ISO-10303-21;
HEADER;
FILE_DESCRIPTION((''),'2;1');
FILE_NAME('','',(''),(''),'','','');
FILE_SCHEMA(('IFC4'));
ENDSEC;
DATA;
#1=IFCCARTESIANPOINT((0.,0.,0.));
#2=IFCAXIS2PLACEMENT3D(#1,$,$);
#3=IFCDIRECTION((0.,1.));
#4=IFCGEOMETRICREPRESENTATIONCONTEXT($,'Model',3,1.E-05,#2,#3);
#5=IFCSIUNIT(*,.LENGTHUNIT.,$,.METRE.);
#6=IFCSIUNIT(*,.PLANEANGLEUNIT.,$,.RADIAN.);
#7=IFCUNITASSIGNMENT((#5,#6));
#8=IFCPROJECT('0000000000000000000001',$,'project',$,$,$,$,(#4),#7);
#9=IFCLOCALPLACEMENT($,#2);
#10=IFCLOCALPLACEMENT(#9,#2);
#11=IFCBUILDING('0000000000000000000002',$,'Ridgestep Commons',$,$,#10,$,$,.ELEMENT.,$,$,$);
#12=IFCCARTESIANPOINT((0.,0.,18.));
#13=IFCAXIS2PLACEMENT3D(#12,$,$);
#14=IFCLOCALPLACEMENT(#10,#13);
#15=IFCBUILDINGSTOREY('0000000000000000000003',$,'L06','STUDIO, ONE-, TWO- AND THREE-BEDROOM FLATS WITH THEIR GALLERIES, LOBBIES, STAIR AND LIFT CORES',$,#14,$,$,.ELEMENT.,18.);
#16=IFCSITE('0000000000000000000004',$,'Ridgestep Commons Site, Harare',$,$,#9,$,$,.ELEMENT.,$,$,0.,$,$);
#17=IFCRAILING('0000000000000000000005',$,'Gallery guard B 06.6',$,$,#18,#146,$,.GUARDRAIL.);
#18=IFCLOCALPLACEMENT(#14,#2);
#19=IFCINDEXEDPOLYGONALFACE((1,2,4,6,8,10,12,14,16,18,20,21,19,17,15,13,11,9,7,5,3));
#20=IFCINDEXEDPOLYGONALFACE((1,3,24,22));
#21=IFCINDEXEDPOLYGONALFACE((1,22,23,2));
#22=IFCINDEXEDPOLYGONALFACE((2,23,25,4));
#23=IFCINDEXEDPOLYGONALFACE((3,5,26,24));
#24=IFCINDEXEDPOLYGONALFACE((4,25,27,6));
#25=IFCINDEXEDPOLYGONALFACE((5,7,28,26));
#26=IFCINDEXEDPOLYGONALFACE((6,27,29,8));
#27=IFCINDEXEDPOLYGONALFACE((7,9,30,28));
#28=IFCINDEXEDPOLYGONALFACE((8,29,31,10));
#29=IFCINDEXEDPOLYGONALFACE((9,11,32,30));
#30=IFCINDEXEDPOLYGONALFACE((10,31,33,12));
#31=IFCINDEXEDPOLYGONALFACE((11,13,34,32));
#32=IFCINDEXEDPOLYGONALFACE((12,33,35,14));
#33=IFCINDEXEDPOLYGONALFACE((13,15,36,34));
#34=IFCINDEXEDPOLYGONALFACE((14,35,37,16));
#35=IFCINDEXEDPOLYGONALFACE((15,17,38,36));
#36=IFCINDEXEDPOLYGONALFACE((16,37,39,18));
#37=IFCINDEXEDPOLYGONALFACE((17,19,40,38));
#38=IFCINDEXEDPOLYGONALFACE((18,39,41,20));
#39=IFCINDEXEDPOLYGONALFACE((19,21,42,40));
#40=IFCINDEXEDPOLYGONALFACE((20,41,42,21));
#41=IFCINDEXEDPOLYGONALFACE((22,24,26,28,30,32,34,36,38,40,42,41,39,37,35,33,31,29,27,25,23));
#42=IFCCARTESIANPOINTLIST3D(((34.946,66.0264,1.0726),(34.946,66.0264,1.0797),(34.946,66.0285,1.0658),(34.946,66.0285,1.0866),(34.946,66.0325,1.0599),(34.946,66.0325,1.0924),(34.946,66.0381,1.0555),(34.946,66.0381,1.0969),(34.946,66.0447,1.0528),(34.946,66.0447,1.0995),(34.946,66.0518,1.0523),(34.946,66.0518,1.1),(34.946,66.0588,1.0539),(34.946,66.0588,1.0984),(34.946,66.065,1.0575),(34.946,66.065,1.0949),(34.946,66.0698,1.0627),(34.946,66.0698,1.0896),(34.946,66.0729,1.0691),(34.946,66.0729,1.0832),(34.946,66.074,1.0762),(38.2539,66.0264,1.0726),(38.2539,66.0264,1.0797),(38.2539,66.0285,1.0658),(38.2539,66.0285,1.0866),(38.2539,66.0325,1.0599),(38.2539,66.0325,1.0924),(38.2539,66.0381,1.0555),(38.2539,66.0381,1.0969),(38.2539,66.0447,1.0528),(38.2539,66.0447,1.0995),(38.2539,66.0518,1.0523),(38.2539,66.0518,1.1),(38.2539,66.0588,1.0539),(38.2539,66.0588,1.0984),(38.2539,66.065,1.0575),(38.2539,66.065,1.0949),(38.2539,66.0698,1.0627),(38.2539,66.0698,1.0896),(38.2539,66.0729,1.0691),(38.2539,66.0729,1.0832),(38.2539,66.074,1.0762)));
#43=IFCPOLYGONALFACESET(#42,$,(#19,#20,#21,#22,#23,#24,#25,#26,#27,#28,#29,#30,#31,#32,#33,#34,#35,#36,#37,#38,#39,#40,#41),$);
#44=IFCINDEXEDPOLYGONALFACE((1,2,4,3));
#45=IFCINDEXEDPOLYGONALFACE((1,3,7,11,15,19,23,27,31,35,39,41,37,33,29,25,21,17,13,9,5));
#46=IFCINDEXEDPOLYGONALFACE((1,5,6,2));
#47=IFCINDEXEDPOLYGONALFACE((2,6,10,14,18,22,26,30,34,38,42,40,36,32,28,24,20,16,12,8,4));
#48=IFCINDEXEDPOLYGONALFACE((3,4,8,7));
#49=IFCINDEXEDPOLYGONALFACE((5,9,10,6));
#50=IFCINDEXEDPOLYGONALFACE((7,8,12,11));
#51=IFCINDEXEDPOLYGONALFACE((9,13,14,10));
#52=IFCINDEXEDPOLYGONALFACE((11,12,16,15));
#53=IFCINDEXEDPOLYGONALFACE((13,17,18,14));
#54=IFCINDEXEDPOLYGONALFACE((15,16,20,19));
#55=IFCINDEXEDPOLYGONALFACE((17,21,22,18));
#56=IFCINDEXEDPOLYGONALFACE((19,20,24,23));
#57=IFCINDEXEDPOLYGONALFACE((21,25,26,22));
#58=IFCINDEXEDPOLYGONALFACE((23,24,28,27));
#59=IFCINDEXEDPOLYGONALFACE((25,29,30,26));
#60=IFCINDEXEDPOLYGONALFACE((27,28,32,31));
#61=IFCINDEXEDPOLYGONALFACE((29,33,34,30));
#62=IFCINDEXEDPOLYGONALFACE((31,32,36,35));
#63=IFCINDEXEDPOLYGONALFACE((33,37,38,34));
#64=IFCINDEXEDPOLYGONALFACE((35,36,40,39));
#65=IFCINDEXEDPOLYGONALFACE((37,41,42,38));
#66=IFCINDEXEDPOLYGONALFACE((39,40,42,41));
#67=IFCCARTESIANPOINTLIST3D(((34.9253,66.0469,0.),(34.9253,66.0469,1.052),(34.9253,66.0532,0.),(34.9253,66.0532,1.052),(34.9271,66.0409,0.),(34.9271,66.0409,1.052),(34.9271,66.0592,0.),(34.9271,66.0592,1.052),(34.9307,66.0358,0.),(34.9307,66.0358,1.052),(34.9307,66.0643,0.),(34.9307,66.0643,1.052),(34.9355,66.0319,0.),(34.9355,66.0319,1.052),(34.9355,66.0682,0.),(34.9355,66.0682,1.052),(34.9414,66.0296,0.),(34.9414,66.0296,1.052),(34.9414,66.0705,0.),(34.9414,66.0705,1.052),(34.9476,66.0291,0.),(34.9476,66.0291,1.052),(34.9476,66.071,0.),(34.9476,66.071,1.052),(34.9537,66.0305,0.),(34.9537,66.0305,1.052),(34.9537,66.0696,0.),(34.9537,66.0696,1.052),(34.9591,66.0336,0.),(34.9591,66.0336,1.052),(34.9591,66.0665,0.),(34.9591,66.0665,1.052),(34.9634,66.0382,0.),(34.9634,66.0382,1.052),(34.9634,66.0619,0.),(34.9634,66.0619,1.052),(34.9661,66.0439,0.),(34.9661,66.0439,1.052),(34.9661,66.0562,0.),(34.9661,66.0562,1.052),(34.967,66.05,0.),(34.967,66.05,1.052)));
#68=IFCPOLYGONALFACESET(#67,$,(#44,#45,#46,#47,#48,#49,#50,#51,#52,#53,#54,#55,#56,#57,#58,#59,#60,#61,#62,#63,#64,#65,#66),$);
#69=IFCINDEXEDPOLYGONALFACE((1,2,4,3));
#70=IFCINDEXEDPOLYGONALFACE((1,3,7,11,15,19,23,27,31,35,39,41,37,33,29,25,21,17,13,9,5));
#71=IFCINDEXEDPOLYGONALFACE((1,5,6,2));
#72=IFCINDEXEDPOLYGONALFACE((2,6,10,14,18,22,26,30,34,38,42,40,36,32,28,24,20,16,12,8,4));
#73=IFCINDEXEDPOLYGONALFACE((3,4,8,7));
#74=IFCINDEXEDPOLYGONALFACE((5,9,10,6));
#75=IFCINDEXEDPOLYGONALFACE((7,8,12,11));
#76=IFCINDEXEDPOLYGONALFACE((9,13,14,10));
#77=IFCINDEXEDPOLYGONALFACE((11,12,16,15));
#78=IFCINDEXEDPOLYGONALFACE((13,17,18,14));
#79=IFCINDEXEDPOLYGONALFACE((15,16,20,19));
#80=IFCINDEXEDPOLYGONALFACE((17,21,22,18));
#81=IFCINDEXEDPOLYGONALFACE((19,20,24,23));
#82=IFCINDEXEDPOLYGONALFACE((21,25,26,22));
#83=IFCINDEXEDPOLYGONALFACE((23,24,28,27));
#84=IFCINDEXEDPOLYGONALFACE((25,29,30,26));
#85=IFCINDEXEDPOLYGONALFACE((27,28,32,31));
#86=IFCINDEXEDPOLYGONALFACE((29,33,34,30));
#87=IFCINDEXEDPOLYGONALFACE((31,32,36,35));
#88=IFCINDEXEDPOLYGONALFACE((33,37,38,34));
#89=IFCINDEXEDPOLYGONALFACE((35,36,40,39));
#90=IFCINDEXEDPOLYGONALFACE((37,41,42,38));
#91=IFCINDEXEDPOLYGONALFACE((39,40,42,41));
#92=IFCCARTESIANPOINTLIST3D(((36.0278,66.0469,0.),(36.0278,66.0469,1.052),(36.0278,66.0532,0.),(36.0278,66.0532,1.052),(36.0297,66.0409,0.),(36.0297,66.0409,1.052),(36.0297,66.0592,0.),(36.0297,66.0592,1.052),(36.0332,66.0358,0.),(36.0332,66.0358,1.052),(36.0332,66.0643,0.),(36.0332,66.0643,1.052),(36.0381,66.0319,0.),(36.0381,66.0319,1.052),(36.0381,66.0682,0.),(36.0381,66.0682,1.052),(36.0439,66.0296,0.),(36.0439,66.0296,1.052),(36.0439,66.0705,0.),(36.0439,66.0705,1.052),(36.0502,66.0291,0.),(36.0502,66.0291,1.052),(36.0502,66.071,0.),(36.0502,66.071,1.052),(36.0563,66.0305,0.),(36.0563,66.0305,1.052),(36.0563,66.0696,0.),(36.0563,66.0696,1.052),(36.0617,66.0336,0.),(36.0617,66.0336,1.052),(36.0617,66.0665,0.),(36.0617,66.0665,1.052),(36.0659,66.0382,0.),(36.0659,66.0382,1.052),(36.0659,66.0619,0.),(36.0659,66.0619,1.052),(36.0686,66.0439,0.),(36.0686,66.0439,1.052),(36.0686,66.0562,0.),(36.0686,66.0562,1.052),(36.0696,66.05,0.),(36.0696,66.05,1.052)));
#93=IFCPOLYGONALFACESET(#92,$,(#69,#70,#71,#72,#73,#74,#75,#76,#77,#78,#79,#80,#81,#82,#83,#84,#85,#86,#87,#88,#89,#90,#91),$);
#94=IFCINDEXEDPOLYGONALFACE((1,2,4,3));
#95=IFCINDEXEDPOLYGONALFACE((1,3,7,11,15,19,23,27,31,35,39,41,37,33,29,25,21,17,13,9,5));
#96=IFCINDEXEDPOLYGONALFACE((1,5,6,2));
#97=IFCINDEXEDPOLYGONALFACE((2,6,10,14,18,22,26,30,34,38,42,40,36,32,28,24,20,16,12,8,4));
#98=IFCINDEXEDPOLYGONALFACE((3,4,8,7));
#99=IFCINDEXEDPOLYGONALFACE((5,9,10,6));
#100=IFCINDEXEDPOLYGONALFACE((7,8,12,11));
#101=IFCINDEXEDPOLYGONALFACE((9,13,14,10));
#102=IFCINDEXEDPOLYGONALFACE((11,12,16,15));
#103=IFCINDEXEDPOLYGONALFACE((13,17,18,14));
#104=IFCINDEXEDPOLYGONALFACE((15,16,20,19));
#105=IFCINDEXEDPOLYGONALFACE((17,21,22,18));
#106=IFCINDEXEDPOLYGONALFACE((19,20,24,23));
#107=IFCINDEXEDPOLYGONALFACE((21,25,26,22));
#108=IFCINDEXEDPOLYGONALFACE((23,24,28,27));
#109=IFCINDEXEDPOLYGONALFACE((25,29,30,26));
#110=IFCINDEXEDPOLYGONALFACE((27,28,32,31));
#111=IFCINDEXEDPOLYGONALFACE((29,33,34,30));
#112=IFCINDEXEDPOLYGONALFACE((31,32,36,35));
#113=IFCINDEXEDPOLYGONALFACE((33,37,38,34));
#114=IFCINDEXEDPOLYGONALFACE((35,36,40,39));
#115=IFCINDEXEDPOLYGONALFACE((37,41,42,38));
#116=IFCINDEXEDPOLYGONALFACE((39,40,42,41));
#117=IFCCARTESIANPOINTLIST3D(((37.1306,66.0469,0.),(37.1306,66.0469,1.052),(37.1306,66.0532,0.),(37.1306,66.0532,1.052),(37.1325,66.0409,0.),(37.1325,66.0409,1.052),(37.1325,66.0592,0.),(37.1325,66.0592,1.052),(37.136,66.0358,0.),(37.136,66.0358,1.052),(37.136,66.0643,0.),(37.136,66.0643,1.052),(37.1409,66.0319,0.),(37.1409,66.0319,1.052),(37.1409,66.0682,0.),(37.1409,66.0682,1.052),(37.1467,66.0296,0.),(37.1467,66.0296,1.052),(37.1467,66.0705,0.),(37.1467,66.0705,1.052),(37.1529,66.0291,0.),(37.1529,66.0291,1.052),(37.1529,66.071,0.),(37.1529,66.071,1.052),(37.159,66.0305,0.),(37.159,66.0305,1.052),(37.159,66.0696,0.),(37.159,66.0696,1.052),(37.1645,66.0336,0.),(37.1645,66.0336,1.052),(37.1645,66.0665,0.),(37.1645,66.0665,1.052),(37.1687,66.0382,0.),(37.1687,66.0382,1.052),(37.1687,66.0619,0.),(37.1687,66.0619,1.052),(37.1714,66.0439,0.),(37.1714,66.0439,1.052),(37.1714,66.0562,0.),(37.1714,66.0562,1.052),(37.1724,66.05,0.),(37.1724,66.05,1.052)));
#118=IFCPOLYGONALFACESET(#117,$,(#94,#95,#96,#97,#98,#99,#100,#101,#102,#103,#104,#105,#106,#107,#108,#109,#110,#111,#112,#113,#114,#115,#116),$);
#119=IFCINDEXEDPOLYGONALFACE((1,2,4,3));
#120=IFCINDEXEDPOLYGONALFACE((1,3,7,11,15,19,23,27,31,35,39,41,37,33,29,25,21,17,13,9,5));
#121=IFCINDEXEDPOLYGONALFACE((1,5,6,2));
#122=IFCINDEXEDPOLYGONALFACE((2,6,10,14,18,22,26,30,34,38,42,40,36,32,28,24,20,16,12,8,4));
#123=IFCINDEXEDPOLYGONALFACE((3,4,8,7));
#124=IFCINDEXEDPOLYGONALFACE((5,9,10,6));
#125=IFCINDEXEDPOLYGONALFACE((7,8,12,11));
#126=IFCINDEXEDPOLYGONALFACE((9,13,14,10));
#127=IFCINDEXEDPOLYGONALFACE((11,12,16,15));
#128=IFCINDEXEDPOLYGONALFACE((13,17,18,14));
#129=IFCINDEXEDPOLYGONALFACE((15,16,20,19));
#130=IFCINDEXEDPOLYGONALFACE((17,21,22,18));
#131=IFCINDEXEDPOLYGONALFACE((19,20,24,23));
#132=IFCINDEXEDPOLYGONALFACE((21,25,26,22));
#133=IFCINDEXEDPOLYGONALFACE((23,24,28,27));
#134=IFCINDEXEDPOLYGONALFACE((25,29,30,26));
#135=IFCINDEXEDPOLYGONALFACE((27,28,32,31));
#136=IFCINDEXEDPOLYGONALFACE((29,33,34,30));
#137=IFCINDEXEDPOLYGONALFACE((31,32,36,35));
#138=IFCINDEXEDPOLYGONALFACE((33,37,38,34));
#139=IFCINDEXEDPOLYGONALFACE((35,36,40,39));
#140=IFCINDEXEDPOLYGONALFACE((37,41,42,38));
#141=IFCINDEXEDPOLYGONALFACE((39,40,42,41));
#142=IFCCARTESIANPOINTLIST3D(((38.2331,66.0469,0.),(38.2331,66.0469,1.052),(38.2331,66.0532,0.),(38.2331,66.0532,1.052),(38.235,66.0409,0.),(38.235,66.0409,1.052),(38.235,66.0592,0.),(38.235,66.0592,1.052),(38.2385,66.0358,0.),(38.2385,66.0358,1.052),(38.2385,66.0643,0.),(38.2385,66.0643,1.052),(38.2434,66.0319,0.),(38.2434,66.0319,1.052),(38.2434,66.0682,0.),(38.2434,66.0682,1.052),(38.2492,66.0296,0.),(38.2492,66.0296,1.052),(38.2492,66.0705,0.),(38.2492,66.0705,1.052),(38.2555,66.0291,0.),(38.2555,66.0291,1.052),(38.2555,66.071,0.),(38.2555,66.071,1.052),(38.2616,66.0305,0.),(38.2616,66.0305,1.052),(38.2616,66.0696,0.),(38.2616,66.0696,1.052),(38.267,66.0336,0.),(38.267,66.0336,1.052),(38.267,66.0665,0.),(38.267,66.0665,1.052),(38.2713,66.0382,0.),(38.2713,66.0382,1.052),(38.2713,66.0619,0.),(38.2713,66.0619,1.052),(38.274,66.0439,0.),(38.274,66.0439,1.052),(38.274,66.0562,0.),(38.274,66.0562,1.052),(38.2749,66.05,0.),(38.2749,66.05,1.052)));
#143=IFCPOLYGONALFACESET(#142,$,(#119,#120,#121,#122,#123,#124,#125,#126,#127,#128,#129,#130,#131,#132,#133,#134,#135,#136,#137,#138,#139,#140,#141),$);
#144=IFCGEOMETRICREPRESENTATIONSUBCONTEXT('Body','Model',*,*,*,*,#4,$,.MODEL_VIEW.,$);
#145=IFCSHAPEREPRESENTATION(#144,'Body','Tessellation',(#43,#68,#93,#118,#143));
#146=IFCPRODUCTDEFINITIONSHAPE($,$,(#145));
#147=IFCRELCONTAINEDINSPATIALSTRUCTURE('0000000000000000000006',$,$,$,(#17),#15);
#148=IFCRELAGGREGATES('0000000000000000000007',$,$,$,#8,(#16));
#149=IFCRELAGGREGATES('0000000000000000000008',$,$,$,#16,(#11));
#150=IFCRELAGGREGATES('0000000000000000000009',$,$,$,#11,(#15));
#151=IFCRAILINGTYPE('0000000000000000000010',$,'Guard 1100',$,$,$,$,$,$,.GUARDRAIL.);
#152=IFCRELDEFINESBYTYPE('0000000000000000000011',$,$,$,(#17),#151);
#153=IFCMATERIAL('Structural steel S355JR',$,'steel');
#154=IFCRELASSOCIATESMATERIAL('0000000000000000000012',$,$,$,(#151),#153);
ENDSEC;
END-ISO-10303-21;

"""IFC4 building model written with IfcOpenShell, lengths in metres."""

from ifc_helpers import new_model, si_unit, direction, frame, origin, origin_2d, place, context, subcontext, project, spatial, circle, extrude, material, type_object, element, save


model = new_model("IFC4")

# Units and contexts
model_context = context("Model", 3, precision=1e-05, world=origin(), true_north=direction((0.0, 1.0)))
body_context = subcontext(model_context, "Body", "Model", "MODEL_VIEW")
ifc_project = project(units=[si_unit("LENGTHUNIT", "METRE"), si_unit("PLANEANGLEUNIT", "RADIAN")], contexts=[model_context])

# Site, building, storey
site_placement = place(None, origin())
site = spatial("IfcSite", under=ifc_project, at=site_placement, Name="Ridgestep Commons Site, Harare", CompositionType="ELEMENT", RefElevation=0.0)
building_placement = place(site_placement, origin())
building = spatial("IfcBuilding", under=site, at=building_placement, Name="Ridgestep Commons", CompositionType="ELEMENT")
storey_placement = place(building_placement, frame((0.0, 0.0, 18.0)))
storey = spatial("IfcBuildingStorey", under=building, at=storey_placement, Name="L06", Description="STUDIO, ONE-, TWO- AND THREE-BEDROOM FLATS WITH THEIR GALLERIES, LOBBIES, STAIR AND LIFT CORES", CompositionType="ELEMENT", Elevation=18.0)

# Railing
ifc_material_1 = material(Name="Structural steel S355JR", Category="steel")
railing_type = type_object("IfcRailingType", Name="Guard 1100", PredefinedType="GUARDRAIL", material=ifc_material_1)
railing_1_placement = place(storey_placement, frame((34.946, 66.05, 0.0)))
element("IfcRailing", 1, at=railing_1_placement, inside=storey, type_object=railing_type, Name="Gallery guard B 06.6", PredefinedType="GUARDRAIL", context=body_context, shape_type="SweptSolid", body=[
    extrude(circle(Radius=0.0239, at=origin_2d()), frame((0.0, 0.0, 1.0762), z_axis=(1.0, 0.0, 0.0), x_axis=(0.0, 1.0, 0.0)), (0.0, 0.0, 1.0), 3.3079),
    extrude(circle(Radius=0.021, at=origin_2d()), origin(), (0.0, 0.0, 1.0), 1.052),
    extrude(circle(Radius=0.021, at=origin_2d()), frame((1.1025, 0.0, 0.0)), (0.0, 0.0, 1.0), 1.052),
    extrude(circle(Radius=0.021, at=origin_2d()), frame((2.2053, 0.0, 0.0)), (0.0, 0.0, 1.0), 1.052),
    extrude(circle(Radius=0.021, at=origin_2d()), frame((3.3079, 0.0, 0.0)), (0.0, 0.0, 1.0), 1.052),
])

save(model, "model.ifc")
